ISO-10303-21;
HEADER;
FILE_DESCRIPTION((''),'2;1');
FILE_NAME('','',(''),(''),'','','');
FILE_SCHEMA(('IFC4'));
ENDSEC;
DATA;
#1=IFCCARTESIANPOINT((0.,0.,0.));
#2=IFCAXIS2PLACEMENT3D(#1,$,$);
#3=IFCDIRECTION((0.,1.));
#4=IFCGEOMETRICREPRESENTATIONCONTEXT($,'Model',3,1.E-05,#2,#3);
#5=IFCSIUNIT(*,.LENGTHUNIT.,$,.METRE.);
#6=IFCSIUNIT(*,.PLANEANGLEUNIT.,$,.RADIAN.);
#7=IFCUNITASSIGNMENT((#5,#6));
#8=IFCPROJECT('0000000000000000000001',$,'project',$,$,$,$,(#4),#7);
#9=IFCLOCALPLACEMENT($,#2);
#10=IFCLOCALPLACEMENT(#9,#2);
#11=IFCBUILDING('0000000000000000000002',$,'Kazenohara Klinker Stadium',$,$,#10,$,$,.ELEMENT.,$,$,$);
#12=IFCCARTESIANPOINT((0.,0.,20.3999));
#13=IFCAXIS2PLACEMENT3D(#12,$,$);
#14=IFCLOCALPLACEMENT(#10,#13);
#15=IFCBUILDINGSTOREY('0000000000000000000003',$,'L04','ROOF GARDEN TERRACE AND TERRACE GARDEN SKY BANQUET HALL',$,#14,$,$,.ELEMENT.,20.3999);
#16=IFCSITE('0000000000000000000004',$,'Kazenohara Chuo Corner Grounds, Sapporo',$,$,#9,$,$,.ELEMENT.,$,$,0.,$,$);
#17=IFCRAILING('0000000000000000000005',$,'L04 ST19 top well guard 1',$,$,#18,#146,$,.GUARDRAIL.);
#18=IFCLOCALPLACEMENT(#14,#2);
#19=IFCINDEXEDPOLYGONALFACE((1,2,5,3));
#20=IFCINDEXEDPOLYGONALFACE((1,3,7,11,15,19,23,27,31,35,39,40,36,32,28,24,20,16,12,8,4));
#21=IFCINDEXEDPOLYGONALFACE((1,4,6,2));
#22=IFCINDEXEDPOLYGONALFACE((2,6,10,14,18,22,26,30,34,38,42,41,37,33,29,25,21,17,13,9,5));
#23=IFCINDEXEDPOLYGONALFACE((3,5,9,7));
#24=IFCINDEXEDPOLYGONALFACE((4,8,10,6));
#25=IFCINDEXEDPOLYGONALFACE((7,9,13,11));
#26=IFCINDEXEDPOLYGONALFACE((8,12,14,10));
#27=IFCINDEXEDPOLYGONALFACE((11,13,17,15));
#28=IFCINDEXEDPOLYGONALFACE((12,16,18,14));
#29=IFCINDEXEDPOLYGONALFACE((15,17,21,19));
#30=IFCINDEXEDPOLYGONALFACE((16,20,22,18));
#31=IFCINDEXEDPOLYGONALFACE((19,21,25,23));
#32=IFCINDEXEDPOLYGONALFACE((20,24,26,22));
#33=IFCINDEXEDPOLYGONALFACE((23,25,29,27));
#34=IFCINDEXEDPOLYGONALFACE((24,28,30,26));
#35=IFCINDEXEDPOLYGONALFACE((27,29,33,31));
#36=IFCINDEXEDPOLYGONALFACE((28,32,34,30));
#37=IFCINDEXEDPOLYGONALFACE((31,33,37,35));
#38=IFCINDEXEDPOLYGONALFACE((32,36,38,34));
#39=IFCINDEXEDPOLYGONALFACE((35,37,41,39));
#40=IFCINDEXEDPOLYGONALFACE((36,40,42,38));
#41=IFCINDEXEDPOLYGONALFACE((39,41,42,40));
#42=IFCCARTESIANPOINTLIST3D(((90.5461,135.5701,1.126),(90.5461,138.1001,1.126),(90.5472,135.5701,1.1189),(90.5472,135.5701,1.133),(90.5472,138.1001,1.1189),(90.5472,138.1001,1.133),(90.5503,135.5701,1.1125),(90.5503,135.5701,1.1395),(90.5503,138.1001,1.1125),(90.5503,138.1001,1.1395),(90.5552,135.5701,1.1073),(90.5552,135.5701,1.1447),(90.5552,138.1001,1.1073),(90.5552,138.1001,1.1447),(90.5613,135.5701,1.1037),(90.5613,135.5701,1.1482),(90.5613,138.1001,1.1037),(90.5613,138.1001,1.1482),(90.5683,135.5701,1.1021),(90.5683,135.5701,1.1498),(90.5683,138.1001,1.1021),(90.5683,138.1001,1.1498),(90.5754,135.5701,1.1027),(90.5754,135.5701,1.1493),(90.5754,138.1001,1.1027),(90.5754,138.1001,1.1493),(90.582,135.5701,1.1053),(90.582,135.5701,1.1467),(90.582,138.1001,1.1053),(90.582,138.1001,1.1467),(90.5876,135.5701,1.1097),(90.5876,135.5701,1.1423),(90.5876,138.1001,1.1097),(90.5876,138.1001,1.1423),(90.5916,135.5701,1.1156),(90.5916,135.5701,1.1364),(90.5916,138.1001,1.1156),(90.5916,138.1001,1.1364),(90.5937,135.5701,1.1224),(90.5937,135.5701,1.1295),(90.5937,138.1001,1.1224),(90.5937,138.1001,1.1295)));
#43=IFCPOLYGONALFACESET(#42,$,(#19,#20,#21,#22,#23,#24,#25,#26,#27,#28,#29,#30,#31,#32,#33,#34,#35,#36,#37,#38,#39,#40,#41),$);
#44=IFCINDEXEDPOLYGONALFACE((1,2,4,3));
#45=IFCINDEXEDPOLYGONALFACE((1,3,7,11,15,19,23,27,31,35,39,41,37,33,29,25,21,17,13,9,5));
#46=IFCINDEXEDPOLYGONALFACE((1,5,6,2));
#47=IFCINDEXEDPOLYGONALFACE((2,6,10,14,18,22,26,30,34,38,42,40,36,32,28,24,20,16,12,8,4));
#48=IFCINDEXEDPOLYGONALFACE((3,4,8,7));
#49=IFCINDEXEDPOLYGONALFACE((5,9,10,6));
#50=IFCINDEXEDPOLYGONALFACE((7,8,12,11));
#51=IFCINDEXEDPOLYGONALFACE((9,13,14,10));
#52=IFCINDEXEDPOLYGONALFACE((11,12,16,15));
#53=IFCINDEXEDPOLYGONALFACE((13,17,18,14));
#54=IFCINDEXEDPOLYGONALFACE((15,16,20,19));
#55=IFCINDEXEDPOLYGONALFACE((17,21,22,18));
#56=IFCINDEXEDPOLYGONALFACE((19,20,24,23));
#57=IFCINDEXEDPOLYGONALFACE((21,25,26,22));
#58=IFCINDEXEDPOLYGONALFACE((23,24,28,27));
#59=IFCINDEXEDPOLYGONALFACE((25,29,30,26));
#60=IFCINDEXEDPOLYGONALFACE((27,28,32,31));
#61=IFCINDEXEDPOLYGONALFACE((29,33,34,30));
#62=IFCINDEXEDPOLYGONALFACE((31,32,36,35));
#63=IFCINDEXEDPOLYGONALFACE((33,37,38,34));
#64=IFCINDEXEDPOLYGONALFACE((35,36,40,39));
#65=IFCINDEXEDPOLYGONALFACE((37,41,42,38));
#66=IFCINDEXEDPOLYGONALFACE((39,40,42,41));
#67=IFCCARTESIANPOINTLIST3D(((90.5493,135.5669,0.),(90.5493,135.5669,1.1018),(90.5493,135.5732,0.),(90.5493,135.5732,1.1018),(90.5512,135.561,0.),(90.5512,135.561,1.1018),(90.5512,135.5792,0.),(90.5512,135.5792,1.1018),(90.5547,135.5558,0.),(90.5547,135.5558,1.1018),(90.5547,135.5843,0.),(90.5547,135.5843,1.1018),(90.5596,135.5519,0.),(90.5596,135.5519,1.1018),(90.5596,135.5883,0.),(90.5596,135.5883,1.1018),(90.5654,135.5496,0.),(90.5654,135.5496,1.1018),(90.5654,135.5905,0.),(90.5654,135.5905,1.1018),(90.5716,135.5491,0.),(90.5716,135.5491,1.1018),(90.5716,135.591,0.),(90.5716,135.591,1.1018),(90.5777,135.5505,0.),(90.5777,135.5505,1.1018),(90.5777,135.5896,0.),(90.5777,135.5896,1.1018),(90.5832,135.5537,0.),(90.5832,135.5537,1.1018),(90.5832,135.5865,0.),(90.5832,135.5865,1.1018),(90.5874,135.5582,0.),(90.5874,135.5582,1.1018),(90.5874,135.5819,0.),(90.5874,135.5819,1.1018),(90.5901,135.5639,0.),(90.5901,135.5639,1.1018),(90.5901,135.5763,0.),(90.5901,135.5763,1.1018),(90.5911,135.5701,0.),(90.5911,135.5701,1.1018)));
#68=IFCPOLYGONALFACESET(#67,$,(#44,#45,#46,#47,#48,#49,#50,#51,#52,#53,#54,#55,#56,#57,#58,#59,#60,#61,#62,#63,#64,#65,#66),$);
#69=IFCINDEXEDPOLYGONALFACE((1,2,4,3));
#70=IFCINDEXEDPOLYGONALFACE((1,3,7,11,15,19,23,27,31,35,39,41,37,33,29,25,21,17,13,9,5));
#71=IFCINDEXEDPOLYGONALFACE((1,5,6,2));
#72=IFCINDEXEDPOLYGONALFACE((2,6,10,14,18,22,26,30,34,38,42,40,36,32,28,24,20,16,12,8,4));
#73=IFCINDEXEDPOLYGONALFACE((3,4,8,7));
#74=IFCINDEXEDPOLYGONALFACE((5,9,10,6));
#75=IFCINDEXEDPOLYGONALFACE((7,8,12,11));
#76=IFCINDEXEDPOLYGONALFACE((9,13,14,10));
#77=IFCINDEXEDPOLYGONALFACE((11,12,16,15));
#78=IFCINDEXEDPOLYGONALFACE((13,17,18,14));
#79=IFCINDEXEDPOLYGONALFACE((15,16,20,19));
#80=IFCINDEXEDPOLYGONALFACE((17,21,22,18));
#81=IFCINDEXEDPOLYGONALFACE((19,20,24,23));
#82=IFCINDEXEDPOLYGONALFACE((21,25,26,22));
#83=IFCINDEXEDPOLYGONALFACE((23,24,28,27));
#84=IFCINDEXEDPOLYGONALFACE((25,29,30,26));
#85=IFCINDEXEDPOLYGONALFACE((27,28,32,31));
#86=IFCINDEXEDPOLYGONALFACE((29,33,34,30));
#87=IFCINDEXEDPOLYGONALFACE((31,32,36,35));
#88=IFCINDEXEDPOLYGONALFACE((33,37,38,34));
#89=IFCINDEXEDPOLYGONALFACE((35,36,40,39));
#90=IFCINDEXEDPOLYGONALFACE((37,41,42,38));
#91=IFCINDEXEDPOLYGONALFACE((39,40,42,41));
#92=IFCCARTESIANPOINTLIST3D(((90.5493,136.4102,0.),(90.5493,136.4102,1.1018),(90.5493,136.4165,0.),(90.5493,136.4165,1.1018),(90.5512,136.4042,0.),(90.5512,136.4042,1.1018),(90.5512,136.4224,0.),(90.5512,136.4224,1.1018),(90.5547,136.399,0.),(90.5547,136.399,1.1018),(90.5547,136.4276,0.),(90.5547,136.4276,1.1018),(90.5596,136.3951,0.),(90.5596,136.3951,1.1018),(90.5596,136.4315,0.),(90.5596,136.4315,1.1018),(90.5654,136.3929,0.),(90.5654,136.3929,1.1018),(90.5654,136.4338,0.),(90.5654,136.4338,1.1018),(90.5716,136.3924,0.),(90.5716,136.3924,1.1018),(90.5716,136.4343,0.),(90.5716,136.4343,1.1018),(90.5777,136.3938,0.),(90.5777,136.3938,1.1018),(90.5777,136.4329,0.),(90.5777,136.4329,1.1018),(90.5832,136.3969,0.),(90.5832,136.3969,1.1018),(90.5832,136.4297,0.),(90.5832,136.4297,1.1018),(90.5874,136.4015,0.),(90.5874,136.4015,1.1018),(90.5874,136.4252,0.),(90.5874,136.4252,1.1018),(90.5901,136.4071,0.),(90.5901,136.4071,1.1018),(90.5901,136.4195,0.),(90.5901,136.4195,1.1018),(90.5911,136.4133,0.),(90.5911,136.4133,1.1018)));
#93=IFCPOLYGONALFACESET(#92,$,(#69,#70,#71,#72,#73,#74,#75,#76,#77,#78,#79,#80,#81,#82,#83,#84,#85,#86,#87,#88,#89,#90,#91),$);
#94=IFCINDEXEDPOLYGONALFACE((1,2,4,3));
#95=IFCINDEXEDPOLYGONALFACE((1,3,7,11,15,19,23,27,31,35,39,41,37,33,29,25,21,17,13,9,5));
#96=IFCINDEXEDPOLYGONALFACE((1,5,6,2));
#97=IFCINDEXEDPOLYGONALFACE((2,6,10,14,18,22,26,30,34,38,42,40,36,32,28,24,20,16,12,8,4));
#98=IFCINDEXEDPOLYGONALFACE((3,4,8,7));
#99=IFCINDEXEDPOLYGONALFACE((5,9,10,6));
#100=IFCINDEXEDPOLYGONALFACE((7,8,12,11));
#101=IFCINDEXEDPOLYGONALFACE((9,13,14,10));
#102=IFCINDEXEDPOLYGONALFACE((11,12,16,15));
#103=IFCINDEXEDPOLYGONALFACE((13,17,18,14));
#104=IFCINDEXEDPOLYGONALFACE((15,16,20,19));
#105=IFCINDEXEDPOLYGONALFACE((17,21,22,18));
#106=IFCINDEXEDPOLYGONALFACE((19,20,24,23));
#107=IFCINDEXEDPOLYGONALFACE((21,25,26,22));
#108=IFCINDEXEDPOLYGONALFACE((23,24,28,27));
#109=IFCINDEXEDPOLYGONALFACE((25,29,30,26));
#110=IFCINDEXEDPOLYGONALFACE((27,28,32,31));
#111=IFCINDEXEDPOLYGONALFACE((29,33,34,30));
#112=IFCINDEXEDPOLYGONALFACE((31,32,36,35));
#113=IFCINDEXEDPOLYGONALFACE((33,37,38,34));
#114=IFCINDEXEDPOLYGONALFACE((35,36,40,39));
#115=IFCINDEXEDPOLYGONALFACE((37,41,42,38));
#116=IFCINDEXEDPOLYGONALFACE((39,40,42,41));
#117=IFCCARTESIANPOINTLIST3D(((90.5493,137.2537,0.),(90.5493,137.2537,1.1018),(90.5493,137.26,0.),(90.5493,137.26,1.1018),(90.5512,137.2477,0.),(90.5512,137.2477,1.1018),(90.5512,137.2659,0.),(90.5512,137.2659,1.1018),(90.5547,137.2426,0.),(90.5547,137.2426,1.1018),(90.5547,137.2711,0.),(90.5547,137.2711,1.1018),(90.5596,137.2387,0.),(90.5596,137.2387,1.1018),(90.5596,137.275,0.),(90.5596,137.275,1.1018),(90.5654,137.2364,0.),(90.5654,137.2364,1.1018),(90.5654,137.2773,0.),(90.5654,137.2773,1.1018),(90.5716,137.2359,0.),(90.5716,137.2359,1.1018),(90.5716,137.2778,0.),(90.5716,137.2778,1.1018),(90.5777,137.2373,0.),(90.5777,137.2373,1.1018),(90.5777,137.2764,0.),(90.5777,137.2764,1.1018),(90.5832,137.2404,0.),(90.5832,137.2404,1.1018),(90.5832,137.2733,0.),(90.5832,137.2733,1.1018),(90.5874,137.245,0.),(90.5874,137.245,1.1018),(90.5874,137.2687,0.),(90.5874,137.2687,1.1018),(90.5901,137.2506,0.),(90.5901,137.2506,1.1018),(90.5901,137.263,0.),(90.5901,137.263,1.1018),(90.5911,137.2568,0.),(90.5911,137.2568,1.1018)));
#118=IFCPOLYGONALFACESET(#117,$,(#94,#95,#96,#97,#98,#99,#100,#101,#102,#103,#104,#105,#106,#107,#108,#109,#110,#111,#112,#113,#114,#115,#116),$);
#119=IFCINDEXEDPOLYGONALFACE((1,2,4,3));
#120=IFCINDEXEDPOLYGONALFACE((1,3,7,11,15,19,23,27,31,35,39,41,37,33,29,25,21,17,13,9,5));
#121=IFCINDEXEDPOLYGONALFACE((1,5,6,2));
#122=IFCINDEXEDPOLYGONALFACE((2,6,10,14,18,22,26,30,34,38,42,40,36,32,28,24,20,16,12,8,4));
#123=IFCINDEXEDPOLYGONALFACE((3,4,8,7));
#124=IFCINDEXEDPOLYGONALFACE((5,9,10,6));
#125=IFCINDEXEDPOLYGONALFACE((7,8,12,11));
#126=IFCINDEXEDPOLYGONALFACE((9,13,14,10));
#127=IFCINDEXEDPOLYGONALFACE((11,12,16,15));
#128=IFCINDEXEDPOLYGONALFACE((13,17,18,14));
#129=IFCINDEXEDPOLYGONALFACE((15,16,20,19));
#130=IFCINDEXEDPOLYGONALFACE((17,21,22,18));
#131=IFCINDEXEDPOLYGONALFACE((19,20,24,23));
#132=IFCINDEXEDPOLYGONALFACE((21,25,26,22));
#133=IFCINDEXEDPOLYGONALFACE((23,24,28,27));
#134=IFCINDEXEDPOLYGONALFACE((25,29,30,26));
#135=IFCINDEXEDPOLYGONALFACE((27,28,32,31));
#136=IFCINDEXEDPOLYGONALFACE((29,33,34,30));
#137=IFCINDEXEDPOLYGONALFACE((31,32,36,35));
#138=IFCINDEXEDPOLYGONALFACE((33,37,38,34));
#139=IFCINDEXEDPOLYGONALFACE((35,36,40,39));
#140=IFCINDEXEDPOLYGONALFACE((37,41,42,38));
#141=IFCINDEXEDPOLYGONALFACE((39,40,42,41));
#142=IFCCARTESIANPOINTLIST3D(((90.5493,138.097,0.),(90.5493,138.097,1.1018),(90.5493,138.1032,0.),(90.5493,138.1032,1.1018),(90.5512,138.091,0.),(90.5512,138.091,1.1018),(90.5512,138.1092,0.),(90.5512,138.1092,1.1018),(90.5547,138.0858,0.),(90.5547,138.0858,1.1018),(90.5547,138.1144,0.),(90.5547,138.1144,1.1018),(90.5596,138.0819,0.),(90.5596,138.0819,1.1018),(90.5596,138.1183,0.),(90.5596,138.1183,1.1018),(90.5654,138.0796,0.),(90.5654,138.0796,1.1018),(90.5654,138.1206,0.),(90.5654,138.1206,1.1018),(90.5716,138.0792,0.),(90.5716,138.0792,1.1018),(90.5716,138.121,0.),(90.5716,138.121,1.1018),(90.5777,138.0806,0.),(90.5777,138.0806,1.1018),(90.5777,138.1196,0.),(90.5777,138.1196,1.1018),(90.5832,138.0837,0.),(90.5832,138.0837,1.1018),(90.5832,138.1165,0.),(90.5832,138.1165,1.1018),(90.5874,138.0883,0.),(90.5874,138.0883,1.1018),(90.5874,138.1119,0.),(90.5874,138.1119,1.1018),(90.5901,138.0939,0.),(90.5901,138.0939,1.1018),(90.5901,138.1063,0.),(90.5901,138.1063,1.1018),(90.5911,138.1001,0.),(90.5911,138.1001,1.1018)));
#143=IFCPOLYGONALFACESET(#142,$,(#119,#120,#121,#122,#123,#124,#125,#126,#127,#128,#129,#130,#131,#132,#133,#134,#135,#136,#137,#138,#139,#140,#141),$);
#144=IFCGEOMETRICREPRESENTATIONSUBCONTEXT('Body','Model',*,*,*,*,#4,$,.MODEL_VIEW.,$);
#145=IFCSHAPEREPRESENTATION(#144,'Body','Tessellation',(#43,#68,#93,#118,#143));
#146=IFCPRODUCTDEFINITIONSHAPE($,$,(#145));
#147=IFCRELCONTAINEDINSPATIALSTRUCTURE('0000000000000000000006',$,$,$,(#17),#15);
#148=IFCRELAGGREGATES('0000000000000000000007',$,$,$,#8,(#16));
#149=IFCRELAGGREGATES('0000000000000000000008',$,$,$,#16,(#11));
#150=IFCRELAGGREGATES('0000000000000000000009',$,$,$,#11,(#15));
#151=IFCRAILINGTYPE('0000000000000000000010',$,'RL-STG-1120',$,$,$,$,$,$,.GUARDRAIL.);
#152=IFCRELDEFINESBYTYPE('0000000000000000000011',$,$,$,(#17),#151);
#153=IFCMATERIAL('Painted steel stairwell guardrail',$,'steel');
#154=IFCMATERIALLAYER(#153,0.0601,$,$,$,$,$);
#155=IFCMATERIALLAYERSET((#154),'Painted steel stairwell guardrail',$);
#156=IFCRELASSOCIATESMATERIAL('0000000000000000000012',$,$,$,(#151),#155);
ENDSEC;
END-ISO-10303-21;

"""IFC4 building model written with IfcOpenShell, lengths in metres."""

from ifc_helpers import new_model, si_unit, direction, frame, origin, origin_2d, place, context, subcontext, project, spatial, circle, extrude, material, layer, layer_set, type_object, element, save


model = new_model("IFC4")

# Units and contexts
model_context = context("Model", 3, precision=1e-05, world=origin(), true_north=direction((0.0, 1.0)))
body_context = subcontext(model_context, "Body", "Model", "MODEL_VIEW")
ifc_project = project(units=[si_unit("LENGTHUNIT", "METRE"), si_unit("PLANEANGLEUNIT", "RADIAN")], contexts=[model_context])

# Site, building, storey
site_placement = place(None, origin())
site = spatial("IfcSite", under=ifc_project, at=site_placement, Name="Kazenohara Chuo Corner Grounds, Sapporo", CompositionType="ELEMENT", RefElevation=0.0)
building_placement = place(site_placement, origin())
building = spatial("IfcBuilding", under=site, at=building_placement, Name="Kazenohara Klinker Stadium", CompositionType="ELEMENT")
storey_placement = place(building_placement, frame((0.0, 0.0, 20.3999)))
storey = spatial("IfcBuildingStorey", under=building, at=storey_placement, Name="L04", Description="ROOF GARDEN TERRACE AND TERRACE GARDEN SKY BANQUET HALL", CompositionType="ELEMENT", Elevation=20.3999)

# Railing
ifc_material_1 = material(Name="Painted steel stairwell guardrail", Category="steel")
ifc_layer_1 = layer(ifc_material_1, 0.0601)
ifc_layer_set_1 = layer_set([ifc_layer_1], Name="Painted steel stairwell guardrail")
railing_type_1 = type_object("IfcRailingType", Name="RL-STG-1120", PredefinedType="GUARDRAIL", material=ifc_layer_set_1)
railing_1_placement = place(storey_placement, frame((90.5701, 135.5701, 0.0)))
element("IfcRailing", 1, at=railing_1_placement, inside=storey, type_object=railing_type_1, Name="L04 ST19 top well guard 1", PredefinedType="GUARDRAIL", context=body_context, shape_type="SweptSolid", body=[
    extrude(circle(Radius=0.0239, at=origin_2d()), frame((0.0, 0.0, 1.126), z_axis=(0.0, 1.0, 0.0), x_axis=(-1.0, 0.0, 0.0)), (0.0, 0.0, 1.0), 2.53),
    extrude(circle(Radius=0.021, at=origin_2d()), origin(), (0.0, 0.0, 1.0), 1.1018),
    extrude(circle(Radius=0.021, at=origin_2d()), frame((0.0, 0.8433, 0.0)), (0.0, 0.0, 1.0), 1.1018),
    extrude(circle(Radius=0.021, at=origin_2d()), frame((0.0, 1.6868, 0.0)), (0.0, 0.0, 1.0), 1.1018),
    extrude(circle(Radius=0.021, at=origin_2d()), frame((0.0, 2.53, 0.0)), (0.0, 0.0, 1.0), 1.1018),
])

save(model, "model.ifc")
